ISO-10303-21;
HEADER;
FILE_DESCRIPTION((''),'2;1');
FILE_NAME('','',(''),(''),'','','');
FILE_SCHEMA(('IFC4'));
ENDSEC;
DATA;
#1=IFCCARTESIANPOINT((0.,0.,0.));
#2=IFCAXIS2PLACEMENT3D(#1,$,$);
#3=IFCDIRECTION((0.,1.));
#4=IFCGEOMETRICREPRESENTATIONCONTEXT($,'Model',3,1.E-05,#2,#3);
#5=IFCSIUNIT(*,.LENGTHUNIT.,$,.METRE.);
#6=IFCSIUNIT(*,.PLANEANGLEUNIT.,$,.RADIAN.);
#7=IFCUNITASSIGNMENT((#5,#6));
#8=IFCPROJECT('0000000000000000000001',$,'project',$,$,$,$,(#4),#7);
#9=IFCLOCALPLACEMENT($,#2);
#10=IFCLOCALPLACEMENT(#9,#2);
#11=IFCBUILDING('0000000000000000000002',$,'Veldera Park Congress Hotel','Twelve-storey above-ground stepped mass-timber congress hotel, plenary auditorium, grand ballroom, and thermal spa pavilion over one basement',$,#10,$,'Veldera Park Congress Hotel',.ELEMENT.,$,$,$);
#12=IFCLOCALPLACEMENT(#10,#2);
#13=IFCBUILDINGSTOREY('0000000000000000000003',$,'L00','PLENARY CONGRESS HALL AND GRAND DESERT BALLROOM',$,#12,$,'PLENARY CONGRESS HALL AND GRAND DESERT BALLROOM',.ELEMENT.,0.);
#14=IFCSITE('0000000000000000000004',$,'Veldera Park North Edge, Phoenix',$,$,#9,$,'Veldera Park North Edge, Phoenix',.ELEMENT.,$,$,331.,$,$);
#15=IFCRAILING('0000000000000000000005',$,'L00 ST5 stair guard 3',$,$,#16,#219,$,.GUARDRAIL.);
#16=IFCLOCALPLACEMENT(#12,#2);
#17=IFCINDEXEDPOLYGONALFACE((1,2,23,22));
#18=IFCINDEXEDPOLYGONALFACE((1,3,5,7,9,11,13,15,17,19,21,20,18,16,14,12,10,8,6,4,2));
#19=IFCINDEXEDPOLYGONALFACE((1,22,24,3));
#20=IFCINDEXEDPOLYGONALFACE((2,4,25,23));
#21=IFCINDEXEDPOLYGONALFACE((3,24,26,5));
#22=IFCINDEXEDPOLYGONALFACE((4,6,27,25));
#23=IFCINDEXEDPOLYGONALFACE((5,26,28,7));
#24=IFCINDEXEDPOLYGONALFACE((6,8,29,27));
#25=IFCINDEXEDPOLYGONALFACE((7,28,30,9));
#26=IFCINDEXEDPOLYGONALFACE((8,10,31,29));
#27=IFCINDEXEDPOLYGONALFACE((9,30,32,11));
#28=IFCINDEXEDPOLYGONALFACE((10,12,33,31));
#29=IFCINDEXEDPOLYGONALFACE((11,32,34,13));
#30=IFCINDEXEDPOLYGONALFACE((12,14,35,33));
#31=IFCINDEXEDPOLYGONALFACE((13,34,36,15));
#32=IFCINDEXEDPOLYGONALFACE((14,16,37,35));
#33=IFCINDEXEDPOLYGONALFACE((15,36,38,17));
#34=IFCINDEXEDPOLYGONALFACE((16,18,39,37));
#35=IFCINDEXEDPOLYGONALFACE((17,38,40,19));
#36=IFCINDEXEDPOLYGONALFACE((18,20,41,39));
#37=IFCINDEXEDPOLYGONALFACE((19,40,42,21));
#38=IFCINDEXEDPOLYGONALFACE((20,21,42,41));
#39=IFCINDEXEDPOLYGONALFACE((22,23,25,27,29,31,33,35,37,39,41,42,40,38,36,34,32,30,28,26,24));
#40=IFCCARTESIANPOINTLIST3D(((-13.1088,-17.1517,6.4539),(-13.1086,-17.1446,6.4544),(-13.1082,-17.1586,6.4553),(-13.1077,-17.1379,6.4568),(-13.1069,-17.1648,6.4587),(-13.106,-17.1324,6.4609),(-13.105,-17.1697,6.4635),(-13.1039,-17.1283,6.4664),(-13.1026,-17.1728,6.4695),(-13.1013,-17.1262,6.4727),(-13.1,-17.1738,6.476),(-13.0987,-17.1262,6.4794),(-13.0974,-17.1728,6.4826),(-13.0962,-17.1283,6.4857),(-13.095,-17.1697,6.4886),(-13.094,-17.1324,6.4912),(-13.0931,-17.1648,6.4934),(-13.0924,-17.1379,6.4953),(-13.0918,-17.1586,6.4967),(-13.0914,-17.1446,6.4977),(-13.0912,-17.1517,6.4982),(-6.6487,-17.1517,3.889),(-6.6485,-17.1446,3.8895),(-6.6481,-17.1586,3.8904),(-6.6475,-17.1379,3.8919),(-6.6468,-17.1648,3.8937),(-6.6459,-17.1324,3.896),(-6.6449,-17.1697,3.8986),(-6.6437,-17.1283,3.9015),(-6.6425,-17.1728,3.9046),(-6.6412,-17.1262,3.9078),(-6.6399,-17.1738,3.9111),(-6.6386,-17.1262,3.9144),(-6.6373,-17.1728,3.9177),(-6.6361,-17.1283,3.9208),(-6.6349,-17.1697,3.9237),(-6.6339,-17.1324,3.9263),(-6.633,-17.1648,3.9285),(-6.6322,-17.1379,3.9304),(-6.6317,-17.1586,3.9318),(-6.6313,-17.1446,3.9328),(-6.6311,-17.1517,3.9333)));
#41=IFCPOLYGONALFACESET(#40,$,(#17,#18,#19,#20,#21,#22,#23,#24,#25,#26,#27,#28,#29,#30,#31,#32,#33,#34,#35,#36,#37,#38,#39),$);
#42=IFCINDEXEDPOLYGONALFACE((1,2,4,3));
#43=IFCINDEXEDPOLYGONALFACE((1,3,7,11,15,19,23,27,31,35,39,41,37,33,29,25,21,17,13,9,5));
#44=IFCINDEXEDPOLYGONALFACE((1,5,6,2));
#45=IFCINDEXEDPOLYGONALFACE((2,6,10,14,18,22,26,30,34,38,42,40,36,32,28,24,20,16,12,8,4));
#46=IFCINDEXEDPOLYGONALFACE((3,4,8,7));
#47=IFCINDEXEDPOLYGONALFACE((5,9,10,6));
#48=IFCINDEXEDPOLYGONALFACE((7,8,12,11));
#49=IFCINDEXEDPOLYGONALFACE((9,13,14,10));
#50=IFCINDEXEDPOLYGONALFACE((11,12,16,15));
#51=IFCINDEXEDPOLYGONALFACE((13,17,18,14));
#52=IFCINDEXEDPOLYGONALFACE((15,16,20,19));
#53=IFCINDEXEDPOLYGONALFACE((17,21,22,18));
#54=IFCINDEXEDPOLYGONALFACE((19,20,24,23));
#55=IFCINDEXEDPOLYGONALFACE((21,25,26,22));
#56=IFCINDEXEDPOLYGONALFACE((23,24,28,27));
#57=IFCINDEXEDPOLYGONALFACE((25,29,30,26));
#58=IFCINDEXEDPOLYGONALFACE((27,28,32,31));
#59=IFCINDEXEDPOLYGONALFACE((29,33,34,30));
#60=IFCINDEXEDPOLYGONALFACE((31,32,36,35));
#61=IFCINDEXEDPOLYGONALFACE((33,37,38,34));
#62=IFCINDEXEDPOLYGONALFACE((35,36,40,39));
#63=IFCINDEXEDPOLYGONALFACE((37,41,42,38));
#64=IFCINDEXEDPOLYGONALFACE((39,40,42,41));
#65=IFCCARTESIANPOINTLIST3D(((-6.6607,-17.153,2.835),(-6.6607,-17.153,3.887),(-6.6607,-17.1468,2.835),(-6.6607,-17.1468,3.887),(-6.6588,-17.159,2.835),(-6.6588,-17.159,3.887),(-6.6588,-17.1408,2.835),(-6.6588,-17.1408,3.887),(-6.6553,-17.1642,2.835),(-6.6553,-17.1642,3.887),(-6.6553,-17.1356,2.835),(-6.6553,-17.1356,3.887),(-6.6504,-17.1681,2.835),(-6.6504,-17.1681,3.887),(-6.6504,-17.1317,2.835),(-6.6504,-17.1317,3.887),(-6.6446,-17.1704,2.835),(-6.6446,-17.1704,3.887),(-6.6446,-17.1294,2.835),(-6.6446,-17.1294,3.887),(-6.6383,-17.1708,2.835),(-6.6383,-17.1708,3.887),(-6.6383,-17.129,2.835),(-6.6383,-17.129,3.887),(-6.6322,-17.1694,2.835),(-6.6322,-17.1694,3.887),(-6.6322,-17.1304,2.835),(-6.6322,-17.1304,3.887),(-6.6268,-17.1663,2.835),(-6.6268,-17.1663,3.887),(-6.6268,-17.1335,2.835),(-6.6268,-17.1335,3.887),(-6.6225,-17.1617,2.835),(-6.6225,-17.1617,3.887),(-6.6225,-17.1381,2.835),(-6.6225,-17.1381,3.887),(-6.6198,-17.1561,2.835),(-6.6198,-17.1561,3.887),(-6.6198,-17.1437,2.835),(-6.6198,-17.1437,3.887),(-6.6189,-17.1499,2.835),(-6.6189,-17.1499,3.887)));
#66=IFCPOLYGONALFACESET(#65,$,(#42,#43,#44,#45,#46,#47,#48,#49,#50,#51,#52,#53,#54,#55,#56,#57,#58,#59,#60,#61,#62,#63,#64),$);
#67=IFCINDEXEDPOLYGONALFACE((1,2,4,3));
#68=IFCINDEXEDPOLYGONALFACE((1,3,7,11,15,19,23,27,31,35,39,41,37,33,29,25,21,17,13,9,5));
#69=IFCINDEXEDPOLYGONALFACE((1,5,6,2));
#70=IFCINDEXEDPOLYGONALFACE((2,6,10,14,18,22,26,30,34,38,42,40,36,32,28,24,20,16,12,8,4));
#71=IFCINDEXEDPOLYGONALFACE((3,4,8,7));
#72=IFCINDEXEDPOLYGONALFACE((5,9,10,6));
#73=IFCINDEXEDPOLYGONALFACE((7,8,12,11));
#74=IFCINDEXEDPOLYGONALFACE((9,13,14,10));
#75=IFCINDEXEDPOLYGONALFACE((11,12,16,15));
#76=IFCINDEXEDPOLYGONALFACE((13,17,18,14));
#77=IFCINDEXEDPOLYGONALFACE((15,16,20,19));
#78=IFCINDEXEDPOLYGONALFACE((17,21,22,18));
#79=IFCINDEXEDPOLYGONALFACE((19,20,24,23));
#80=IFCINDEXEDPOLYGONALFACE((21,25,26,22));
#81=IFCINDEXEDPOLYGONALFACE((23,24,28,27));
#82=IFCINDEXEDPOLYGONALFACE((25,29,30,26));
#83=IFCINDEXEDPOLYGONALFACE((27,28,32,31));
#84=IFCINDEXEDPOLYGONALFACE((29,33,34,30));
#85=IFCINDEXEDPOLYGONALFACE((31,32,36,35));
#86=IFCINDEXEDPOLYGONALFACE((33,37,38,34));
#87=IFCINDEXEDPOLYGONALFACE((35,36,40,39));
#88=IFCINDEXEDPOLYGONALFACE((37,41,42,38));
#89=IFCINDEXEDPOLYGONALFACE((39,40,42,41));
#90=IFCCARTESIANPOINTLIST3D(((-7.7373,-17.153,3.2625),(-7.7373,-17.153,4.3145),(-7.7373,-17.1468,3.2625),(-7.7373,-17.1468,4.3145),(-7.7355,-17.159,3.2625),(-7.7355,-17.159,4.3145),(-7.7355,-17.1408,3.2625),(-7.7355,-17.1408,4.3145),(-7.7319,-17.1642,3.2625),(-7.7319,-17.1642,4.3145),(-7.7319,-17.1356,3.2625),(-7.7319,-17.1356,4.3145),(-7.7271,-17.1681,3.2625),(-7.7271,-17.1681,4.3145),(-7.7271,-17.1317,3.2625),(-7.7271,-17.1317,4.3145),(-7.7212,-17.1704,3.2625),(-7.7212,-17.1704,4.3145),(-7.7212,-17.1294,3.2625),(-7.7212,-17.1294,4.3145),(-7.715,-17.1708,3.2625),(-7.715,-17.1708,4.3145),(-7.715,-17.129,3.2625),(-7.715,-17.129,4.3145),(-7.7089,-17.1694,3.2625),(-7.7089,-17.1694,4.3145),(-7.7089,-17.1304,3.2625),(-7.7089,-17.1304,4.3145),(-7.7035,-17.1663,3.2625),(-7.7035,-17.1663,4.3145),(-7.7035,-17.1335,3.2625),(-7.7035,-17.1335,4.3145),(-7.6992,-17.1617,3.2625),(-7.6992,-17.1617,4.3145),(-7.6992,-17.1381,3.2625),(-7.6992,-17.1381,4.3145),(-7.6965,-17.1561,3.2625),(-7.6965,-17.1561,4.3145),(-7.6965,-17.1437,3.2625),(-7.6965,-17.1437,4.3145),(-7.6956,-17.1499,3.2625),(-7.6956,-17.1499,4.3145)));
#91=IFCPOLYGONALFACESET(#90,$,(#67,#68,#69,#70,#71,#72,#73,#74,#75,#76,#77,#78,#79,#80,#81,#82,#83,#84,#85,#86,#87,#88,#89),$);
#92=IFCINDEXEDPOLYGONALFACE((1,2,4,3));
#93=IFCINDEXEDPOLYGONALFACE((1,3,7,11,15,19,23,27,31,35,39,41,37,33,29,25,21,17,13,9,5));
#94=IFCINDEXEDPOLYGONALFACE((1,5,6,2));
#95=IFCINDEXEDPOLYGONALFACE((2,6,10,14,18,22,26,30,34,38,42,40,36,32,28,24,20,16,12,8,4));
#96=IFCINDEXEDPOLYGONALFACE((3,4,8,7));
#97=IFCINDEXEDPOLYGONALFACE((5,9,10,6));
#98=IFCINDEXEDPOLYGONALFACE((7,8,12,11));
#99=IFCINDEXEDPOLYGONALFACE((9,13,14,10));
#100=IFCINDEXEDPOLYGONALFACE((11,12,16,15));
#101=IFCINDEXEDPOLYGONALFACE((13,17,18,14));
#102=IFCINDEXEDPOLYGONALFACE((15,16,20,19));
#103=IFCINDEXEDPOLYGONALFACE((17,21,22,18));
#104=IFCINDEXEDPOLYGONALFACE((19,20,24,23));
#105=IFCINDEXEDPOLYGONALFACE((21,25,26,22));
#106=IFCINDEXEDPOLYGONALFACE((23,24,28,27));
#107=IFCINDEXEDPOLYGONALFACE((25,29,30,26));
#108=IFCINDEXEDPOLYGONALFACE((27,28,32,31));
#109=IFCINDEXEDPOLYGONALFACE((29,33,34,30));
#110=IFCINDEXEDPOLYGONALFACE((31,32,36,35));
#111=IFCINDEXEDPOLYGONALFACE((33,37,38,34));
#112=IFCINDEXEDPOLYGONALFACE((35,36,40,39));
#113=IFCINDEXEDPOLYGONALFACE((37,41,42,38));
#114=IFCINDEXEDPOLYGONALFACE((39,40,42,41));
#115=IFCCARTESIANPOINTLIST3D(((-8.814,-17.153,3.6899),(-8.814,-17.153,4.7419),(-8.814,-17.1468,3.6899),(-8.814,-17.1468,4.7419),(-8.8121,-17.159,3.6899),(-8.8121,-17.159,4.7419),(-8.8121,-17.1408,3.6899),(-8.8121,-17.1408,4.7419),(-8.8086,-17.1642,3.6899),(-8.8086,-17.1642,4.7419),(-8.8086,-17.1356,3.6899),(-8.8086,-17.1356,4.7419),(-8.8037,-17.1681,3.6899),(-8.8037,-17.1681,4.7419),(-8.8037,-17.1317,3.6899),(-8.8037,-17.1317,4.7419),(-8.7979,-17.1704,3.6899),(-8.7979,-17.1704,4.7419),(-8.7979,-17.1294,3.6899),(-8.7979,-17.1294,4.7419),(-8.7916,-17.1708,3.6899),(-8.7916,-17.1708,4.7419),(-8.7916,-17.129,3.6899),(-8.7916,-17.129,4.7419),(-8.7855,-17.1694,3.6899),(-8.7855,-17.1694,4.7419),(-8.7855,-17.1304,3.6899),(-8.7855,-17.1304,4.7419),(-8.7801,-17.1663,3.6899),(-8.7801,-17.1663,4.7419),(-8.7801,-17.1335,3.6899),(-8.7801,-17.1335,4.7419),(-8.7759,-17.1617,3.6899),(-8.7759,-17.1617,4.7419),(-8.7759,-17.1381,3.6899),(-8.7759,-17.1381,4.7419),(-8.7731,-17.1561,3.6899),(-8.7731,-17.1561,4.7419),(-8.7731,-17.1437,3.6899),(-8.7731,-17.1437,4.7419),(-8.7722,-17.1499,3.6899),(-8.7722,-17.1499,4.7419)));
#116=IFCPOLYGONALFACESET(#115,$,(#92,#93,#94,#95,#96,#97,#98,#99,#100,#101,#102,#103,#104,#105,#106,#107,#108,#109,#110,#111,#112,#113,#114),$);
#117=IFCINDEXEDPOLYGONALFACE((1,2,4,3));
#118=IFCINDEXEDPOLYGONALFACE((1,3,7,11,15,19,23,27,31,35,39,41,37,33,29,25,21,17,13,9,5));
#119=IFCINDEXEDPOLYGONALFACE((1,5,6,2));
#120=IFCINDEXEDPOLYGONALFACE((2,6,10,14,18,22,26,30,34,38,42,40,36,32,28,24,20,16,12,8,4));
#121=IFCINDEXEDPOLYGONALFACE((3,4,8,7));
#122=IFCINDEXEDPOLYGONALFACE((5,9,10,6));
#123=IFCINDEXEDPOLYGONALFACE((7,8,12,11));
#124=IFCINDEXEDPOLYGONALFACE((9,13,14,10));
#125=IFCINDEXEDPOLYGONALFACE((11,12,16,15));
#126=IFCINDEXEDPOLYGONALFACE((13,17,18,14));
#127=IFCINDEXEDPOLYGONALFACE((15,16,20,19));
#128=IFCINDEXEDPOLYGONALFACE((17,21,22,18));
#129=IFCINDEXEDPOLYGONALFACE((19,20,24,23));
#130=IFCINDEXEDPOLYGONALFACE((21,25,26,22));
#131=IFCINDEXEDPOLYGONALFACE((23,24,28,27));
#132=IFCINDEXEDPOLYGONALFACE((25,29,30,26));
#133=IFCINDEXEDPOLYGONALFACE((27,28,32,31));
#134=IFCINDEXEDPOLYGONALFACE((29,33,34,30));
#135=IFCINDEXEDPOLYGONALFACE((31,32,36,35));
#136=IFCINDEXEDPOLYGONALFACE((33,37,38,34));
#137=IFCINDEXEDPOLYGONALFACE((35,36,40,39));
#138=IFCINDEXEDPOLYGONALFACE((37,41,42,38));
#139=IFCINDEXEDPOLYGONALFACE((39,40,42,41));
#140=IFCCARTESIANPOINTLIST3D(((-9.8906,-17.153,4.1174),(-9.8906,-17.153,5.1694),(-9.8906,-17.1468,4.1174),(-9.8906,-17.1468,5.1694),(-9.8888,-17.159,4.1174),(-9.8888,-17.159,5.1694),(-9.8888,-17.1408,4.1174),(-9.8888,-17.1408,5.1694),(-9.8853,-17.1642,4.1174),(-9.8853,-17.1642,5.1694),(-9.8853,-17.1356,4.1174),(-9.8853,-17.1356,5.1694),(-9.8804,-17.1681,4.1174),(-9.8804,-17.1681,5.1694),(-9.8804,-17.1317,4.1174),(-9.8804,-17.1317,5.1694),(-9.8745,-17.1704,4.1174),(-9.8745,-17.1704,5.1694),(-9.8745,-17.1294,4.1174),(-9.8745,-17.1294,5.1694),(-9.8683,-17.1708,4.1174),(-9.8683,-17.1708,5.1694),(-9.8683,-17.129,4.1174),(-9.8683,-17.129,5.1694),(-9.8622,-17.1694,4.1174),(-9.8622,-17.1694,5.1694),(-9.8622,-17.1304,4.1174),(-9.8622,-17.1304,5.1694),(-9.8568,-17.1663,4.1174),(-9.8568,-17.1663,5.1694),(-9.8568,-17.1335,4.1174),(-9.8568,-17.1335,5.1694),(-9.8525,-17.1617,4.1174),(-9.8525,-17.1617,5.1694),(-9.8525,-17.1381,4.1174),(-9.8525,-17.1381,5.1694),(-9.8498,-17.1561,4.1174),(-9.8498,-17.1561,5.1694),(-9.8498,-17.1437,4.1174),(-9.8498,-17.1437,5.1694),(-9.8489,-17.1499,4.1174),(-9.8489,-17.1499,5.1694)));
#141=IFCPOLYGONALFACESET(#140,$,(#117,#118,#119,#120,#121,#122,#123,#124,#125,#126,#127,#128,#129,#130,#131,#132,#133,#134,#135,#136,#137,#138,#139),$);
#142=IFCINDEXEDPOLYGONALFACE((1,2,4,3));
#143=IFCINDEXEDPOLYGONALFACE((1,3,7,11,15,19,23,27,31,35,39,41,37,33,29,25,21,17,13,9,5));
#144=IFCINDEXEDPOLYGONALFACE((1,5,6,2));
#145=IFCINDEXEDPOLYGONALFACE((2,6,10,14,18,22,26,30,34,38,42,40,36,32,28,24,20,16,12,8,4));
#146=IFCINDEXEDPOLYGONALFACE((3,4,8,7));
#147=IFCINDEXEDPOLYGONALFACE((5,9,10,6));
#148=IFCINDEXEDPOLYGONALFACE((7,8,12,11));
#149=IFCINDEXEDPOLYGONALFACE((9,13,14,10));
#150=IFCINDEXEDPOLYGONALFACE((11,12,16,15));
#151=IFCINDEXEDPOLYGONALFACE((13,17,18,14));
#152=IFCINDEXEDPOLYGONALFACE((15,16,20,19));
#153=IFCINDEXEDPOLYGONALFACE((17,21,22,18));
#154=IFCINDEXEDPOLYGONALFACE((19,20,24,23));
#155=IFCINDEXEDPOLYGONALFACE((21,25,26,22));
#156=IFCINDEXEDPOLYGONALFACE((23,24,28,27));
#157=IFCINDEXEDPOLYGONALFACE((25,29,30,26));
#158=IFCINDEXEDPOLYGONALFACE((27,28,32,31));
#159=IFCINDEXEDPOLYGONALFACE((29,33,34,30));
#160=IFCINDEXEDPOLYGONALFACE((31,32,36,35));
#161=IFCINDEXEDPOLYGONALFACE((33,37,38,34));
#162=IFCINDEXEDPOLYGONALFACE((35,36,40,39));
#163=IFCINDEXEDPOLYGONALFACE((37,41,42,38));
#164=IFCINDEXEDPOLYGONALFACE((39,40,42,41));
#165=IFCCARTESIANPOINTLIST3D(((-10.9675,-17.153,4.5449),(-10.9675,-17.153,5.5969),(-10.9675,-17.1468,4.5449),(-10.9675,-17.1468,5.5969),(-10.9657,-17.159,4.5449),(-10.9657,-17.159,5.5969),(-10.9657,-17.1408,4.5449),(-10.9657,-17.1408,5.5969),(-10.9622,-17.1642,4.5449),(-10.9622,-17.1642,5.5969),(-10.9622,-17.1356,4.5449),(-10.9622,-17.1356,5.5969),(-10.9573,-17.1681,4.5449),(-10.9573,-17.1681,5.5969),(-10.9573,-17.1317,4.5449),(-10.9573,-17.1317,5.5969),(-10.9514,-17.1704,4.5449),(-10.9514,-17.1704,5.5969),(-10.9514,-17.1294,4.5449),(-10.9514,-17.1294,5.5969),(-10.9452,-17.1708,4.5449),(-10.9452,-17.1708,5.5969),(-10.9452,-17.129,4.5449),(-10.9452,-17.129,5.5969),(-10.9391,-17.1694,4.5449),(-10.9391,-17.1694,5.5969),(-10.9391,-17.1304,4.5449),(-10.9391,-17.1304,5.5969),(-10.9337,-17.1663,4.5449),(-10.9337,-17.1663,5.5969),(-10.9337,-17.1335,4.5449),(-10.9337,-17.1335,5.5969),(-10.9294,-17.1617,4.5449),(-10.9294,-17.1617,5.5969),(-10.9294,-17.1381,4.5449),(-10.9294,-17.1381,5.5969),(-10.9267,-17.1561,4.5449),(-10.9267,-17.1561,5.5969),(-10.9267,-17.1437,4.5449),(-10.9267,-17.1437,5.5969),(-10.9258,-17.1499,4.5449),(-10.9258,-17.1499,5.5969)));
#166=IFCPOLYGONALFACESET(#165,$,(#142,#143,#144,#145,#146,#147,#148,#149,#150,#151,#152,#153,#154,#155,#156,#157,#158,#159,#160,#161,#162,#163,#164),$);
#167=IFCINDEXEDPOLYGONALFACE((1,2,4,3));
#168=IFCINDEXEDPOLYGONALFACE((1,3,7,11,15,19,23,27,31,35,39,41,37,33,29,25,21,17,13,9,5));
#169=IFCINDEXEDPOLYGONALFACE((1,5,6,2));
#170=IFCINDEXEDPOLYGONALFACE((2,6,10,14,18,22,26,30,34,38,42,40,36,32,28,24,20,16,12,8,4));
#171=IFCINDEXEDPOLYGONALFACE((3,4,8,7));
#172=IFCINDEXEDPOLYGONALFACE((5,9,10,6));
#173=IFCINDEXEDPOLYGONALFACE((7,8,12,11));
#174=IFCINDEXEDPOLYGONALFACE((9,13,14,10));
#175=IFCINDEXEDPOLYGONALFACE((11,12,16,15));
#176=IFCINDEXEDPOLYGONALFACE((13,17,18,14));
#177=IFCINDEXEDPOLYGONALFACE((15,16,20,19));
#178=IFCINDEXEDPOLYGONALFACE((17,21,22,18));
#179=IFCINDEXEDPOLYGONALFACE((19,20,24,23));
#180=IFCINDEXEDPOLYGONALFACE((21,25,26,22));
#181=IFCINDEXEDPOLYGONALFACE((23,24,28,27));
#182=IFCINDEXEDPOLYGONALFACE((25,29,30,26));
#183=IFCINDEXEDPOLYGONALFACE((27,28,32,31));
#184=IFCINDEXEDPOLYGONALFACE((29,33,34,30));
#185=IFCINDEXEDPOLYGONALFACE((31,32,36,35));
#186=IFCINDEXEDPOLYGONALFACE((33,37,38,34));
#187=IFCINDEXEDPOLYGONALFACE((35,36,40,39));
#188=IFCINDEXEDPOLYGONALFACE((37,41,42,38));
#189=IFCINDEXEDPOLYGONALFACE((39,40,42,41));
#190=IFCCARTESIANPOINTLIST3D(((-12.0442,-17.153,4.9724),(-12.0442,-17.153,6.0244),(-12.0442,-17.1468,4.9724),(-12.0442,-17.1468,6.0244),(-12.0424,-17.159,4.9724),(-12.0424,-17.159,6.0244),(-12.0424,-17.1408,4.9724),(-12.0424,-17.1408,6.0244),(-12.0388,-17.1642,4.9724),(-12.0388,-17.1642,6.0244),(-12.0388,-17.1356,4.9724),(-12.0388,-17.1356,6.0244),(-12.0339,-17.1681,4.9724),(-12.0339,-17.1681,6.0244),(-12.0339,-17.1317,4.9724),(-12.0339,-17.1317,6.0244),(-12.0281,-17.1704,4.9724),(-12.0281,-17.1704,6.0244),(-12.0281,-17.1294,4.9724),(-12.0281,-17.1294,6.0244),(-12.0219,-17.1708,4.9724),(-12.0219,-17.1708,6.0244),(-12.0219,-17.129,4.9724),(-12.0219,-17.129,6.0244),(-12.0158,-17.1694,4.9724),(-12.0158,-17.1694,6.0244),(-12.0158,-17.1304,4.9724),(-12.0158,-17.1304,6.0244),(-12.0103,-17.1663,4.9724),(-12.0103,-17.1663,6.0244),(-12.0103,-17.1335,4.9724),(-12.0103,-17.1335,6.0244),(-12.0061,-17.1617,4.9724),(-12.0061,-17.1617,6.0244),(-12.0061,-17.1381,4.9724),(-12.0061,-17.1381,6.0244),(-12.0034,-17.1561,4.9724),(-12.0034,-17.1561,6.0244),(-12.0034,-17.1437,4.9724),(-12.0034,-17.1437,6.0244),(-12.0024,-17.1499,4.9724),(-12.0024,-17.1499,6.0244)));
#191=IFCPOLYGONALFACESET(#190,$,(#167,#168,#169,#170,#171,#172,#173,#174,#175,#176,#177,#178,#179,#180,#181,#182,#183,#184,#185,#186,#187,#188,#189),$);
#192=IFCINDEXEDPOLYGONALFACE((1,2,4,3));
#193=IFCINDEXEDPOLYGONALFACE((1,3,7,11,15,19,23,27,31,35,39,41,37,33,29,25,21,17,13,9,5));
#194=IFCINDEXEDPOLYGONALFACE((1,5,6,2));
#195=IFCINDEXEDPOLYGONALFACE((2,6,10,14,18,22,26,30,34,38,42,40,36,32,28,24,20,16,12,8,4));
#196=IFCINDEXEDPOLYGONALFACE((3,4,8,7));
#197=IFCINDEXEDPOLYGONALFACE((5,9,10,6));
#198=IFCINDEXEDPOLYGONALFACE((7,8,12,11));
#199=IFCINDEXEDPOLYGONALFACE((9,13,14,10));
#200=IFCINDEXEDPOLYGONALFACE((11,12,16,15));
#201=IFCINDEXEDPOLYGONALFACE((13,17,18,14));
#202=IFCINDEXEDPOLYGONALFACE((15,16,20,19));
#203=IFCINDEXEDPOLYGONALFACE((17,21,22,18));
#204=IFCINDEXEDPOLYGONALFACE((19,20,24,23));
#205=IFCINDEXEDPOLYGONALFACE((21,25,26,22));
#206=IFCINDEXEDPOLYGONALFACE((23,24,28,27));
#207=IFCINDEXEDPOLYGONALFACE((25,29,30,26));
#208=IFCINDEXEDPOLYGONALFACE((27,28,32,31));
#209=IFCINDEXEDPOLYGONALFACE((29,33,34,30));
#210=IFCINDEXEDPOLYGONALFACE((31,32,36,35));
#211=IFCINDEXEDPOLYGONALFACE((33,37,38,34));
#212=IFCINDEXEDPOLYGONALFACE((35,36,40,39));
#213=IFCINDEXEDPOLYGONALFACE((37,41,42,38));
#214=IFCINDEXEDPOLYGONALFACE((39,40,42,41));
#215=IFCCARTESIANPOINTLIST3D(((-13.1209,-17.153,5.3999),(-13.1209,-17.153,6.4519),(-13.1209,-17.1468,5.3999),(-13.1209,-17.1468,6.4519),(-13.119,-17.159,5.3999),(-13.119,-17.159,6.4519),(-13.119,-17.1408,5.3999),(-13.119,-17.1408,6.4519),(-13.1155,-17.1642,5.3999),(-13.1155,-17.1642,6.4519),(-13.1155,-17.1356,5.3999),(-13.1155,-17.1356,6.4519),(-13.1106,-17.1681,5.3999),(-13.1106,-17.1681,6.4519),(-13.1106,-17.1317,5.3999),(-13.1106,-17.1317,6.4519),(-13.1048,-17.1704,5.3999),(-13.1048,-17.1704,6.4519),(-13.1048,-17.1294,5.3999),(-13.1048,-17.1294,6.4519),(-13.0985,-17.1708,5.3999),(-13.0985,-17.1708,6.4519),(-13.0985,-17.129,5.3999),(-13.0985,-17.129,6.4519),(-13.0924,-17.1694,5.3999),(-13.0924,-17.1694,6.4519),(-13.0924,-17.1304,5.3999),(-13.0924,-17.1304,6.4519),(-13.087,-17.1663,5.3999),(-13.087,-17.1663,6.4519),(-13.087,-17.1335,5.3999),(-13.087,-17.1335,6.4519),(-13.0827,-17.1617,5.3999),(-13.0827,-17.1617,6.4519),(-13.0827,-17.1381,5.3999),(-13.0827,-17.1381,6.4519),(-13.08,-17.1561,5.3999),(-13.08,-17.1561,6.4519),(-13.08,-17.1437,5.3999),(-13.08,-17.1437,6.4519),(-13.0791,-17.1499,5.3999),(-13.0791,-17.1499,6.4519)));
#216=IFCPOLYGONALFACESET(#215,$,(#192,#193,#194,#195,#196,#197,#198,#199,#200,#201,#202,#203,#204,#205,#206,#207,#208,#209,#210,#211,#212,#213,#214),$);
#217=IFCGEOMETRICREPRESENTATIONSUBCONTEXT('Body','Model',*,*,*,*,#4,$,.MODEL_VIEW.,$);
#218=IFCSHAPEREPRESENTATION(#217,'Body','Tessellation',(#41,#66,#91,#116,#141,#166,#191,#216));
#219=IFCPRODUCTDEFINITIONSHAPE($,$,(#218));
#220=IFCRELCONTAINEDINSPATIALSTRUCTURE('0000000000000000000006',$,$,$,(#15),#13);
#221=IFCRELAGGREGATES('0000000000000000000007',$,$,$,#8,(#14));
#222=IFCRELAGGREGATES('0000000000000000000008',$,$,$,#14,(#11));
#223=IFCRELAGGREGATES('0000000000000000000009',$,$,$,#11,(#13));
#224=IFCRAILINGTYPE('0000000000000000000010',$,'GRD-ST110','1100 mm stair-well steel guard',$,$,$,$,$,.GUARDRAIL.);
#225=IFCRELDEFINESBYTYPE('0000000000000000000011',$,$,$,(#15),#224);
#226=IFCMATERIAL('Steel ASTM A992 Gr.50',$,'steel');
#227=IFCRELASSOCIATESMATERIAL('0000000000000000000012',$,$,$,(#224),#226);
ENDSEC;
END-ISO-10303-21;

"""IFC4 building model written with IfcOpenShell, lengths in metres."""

from ifc_helpers import new_model, si_unit, direction, frame, origin, origin_2d, place, context, subcontext, project, spatial, circle, extrude, material, type_object, element, save


model = new_model("IFC4")

# Units and contexts
model_context = context("Model", 3, precision=1e-05, world=origin(), true_north=direction((0.0, 1.0)))
body_context = subcontext(model_context, "Body", "Model", "MODEL_VIEW")
ifc_project = project(units=[si_unit("LENGTHUNIT", "METRE"), si_unit("PLANEANGLEUNIT", "RADIAN")], contexts=[model_context])

# Site, building, storey
site_placement = place(None, origin())
site = spatial("IfcSite", under=ifc_project, at=site_placement, Name="Veldera Park North Edge, Phoenix", LongName="Veldera Park North Edge, Phoenix", CompositionType="ELEMENT", RefElevation=331.0)
building_placement = place(site_placement, origin())
building = spatial("IfcBuilding", under=site, at=building_placement, Name="Veldera Park Congress Hotel", Description="Twelve-storey above-ground stepped mass-timber congress hotel, plenary auditorium, grand ballroom, and thermal spa pavilion over one basement", LongName="Veldera Park Congress Hotel", CompositionType="ELEMENT")
storey_placement = place(building_placement, origin())
storey = spatial("IfcBuildingStorey", under=building, at=storey_placement, Name="L00", Description="PLENARY CONGRESS HALL AND GRAND DESERT BALLROOM", LongName="PLENARY CONGRESS HALL AND GRAND DESERT BALLROOM", CompositionType="ELEMENT", Elevation=0.0)

# Shared definitions
ifc_material_1 = material(Name="Steel ASTM A992 Gr.50", Category="steel")

# Railing
railing_type_1 = type_object("IfcRailingType", Name="GRD-ST110", Description="1100 mm stair-well steel guard", PredefinedType="GUARDRAIL", material=ifc_material_1)
railing_1_placement = place(storey_placement, frame((-6.6399, -17.1499, 2.835)))
element("IfcRailing", 1, at=railing_1_placement, inside=storey, type_object=railing_type_1, Name="L00 ST5 stair guard 3", PredefinedType="GUARDRAIL", context=body_context, shape_type="SweptSolid", body=[
    extrude(circle(Radius=0.0239, at=origin_2d()), frame((0.0, 0.0, 1.0762), z_axis=(-0.929423, 0.0, 0.369016), x_axis=(0.0, -1.0, 0.0)), (0.0, 0.0, 1.0), 6.9507),
    extrude(circle(Radius=0.021, at=origin_2d()), origin(), (0.0, 0.0, 1.0), 1.052),
    extrude(circle(Radius=0.021, at=origin_2d()), frame((-1.0767, 0.0, 0.4275)), (0.0, 0.0, 1.0), 1.052),
    extrude(circle(Radius=0.021, at=origin_2d()), frame((-2.1533, 0.0, 0.855)), (0.0, 0.0, 1.0), 1.052),
    extrude(circle(Radius=0.021, at=origin_2d()), frame((-3.23, 0.0, 1.2825)), (0.0, 0.0, 1.0), 1.052),
    extrude(circle(Radius=0.021, at=origin_2d()), frame((-4.3069, 0.0, 1.71)), (0.0, 0.0, 1.0), 1.052),
    extrude(circle(Radius=0.021, at=origin_2d()), frame((-5.3835, 0.0, 2.1375)), (0.0, 0.0, 1.0), 1.052),
    extrude(circle(Radius=0.021, at=origin_2d()), frame((-6.4602, 0.0, 2.5649)), (0.0, 0.0, 1.0), 1.052),
])

save(model, "model.ifc")
